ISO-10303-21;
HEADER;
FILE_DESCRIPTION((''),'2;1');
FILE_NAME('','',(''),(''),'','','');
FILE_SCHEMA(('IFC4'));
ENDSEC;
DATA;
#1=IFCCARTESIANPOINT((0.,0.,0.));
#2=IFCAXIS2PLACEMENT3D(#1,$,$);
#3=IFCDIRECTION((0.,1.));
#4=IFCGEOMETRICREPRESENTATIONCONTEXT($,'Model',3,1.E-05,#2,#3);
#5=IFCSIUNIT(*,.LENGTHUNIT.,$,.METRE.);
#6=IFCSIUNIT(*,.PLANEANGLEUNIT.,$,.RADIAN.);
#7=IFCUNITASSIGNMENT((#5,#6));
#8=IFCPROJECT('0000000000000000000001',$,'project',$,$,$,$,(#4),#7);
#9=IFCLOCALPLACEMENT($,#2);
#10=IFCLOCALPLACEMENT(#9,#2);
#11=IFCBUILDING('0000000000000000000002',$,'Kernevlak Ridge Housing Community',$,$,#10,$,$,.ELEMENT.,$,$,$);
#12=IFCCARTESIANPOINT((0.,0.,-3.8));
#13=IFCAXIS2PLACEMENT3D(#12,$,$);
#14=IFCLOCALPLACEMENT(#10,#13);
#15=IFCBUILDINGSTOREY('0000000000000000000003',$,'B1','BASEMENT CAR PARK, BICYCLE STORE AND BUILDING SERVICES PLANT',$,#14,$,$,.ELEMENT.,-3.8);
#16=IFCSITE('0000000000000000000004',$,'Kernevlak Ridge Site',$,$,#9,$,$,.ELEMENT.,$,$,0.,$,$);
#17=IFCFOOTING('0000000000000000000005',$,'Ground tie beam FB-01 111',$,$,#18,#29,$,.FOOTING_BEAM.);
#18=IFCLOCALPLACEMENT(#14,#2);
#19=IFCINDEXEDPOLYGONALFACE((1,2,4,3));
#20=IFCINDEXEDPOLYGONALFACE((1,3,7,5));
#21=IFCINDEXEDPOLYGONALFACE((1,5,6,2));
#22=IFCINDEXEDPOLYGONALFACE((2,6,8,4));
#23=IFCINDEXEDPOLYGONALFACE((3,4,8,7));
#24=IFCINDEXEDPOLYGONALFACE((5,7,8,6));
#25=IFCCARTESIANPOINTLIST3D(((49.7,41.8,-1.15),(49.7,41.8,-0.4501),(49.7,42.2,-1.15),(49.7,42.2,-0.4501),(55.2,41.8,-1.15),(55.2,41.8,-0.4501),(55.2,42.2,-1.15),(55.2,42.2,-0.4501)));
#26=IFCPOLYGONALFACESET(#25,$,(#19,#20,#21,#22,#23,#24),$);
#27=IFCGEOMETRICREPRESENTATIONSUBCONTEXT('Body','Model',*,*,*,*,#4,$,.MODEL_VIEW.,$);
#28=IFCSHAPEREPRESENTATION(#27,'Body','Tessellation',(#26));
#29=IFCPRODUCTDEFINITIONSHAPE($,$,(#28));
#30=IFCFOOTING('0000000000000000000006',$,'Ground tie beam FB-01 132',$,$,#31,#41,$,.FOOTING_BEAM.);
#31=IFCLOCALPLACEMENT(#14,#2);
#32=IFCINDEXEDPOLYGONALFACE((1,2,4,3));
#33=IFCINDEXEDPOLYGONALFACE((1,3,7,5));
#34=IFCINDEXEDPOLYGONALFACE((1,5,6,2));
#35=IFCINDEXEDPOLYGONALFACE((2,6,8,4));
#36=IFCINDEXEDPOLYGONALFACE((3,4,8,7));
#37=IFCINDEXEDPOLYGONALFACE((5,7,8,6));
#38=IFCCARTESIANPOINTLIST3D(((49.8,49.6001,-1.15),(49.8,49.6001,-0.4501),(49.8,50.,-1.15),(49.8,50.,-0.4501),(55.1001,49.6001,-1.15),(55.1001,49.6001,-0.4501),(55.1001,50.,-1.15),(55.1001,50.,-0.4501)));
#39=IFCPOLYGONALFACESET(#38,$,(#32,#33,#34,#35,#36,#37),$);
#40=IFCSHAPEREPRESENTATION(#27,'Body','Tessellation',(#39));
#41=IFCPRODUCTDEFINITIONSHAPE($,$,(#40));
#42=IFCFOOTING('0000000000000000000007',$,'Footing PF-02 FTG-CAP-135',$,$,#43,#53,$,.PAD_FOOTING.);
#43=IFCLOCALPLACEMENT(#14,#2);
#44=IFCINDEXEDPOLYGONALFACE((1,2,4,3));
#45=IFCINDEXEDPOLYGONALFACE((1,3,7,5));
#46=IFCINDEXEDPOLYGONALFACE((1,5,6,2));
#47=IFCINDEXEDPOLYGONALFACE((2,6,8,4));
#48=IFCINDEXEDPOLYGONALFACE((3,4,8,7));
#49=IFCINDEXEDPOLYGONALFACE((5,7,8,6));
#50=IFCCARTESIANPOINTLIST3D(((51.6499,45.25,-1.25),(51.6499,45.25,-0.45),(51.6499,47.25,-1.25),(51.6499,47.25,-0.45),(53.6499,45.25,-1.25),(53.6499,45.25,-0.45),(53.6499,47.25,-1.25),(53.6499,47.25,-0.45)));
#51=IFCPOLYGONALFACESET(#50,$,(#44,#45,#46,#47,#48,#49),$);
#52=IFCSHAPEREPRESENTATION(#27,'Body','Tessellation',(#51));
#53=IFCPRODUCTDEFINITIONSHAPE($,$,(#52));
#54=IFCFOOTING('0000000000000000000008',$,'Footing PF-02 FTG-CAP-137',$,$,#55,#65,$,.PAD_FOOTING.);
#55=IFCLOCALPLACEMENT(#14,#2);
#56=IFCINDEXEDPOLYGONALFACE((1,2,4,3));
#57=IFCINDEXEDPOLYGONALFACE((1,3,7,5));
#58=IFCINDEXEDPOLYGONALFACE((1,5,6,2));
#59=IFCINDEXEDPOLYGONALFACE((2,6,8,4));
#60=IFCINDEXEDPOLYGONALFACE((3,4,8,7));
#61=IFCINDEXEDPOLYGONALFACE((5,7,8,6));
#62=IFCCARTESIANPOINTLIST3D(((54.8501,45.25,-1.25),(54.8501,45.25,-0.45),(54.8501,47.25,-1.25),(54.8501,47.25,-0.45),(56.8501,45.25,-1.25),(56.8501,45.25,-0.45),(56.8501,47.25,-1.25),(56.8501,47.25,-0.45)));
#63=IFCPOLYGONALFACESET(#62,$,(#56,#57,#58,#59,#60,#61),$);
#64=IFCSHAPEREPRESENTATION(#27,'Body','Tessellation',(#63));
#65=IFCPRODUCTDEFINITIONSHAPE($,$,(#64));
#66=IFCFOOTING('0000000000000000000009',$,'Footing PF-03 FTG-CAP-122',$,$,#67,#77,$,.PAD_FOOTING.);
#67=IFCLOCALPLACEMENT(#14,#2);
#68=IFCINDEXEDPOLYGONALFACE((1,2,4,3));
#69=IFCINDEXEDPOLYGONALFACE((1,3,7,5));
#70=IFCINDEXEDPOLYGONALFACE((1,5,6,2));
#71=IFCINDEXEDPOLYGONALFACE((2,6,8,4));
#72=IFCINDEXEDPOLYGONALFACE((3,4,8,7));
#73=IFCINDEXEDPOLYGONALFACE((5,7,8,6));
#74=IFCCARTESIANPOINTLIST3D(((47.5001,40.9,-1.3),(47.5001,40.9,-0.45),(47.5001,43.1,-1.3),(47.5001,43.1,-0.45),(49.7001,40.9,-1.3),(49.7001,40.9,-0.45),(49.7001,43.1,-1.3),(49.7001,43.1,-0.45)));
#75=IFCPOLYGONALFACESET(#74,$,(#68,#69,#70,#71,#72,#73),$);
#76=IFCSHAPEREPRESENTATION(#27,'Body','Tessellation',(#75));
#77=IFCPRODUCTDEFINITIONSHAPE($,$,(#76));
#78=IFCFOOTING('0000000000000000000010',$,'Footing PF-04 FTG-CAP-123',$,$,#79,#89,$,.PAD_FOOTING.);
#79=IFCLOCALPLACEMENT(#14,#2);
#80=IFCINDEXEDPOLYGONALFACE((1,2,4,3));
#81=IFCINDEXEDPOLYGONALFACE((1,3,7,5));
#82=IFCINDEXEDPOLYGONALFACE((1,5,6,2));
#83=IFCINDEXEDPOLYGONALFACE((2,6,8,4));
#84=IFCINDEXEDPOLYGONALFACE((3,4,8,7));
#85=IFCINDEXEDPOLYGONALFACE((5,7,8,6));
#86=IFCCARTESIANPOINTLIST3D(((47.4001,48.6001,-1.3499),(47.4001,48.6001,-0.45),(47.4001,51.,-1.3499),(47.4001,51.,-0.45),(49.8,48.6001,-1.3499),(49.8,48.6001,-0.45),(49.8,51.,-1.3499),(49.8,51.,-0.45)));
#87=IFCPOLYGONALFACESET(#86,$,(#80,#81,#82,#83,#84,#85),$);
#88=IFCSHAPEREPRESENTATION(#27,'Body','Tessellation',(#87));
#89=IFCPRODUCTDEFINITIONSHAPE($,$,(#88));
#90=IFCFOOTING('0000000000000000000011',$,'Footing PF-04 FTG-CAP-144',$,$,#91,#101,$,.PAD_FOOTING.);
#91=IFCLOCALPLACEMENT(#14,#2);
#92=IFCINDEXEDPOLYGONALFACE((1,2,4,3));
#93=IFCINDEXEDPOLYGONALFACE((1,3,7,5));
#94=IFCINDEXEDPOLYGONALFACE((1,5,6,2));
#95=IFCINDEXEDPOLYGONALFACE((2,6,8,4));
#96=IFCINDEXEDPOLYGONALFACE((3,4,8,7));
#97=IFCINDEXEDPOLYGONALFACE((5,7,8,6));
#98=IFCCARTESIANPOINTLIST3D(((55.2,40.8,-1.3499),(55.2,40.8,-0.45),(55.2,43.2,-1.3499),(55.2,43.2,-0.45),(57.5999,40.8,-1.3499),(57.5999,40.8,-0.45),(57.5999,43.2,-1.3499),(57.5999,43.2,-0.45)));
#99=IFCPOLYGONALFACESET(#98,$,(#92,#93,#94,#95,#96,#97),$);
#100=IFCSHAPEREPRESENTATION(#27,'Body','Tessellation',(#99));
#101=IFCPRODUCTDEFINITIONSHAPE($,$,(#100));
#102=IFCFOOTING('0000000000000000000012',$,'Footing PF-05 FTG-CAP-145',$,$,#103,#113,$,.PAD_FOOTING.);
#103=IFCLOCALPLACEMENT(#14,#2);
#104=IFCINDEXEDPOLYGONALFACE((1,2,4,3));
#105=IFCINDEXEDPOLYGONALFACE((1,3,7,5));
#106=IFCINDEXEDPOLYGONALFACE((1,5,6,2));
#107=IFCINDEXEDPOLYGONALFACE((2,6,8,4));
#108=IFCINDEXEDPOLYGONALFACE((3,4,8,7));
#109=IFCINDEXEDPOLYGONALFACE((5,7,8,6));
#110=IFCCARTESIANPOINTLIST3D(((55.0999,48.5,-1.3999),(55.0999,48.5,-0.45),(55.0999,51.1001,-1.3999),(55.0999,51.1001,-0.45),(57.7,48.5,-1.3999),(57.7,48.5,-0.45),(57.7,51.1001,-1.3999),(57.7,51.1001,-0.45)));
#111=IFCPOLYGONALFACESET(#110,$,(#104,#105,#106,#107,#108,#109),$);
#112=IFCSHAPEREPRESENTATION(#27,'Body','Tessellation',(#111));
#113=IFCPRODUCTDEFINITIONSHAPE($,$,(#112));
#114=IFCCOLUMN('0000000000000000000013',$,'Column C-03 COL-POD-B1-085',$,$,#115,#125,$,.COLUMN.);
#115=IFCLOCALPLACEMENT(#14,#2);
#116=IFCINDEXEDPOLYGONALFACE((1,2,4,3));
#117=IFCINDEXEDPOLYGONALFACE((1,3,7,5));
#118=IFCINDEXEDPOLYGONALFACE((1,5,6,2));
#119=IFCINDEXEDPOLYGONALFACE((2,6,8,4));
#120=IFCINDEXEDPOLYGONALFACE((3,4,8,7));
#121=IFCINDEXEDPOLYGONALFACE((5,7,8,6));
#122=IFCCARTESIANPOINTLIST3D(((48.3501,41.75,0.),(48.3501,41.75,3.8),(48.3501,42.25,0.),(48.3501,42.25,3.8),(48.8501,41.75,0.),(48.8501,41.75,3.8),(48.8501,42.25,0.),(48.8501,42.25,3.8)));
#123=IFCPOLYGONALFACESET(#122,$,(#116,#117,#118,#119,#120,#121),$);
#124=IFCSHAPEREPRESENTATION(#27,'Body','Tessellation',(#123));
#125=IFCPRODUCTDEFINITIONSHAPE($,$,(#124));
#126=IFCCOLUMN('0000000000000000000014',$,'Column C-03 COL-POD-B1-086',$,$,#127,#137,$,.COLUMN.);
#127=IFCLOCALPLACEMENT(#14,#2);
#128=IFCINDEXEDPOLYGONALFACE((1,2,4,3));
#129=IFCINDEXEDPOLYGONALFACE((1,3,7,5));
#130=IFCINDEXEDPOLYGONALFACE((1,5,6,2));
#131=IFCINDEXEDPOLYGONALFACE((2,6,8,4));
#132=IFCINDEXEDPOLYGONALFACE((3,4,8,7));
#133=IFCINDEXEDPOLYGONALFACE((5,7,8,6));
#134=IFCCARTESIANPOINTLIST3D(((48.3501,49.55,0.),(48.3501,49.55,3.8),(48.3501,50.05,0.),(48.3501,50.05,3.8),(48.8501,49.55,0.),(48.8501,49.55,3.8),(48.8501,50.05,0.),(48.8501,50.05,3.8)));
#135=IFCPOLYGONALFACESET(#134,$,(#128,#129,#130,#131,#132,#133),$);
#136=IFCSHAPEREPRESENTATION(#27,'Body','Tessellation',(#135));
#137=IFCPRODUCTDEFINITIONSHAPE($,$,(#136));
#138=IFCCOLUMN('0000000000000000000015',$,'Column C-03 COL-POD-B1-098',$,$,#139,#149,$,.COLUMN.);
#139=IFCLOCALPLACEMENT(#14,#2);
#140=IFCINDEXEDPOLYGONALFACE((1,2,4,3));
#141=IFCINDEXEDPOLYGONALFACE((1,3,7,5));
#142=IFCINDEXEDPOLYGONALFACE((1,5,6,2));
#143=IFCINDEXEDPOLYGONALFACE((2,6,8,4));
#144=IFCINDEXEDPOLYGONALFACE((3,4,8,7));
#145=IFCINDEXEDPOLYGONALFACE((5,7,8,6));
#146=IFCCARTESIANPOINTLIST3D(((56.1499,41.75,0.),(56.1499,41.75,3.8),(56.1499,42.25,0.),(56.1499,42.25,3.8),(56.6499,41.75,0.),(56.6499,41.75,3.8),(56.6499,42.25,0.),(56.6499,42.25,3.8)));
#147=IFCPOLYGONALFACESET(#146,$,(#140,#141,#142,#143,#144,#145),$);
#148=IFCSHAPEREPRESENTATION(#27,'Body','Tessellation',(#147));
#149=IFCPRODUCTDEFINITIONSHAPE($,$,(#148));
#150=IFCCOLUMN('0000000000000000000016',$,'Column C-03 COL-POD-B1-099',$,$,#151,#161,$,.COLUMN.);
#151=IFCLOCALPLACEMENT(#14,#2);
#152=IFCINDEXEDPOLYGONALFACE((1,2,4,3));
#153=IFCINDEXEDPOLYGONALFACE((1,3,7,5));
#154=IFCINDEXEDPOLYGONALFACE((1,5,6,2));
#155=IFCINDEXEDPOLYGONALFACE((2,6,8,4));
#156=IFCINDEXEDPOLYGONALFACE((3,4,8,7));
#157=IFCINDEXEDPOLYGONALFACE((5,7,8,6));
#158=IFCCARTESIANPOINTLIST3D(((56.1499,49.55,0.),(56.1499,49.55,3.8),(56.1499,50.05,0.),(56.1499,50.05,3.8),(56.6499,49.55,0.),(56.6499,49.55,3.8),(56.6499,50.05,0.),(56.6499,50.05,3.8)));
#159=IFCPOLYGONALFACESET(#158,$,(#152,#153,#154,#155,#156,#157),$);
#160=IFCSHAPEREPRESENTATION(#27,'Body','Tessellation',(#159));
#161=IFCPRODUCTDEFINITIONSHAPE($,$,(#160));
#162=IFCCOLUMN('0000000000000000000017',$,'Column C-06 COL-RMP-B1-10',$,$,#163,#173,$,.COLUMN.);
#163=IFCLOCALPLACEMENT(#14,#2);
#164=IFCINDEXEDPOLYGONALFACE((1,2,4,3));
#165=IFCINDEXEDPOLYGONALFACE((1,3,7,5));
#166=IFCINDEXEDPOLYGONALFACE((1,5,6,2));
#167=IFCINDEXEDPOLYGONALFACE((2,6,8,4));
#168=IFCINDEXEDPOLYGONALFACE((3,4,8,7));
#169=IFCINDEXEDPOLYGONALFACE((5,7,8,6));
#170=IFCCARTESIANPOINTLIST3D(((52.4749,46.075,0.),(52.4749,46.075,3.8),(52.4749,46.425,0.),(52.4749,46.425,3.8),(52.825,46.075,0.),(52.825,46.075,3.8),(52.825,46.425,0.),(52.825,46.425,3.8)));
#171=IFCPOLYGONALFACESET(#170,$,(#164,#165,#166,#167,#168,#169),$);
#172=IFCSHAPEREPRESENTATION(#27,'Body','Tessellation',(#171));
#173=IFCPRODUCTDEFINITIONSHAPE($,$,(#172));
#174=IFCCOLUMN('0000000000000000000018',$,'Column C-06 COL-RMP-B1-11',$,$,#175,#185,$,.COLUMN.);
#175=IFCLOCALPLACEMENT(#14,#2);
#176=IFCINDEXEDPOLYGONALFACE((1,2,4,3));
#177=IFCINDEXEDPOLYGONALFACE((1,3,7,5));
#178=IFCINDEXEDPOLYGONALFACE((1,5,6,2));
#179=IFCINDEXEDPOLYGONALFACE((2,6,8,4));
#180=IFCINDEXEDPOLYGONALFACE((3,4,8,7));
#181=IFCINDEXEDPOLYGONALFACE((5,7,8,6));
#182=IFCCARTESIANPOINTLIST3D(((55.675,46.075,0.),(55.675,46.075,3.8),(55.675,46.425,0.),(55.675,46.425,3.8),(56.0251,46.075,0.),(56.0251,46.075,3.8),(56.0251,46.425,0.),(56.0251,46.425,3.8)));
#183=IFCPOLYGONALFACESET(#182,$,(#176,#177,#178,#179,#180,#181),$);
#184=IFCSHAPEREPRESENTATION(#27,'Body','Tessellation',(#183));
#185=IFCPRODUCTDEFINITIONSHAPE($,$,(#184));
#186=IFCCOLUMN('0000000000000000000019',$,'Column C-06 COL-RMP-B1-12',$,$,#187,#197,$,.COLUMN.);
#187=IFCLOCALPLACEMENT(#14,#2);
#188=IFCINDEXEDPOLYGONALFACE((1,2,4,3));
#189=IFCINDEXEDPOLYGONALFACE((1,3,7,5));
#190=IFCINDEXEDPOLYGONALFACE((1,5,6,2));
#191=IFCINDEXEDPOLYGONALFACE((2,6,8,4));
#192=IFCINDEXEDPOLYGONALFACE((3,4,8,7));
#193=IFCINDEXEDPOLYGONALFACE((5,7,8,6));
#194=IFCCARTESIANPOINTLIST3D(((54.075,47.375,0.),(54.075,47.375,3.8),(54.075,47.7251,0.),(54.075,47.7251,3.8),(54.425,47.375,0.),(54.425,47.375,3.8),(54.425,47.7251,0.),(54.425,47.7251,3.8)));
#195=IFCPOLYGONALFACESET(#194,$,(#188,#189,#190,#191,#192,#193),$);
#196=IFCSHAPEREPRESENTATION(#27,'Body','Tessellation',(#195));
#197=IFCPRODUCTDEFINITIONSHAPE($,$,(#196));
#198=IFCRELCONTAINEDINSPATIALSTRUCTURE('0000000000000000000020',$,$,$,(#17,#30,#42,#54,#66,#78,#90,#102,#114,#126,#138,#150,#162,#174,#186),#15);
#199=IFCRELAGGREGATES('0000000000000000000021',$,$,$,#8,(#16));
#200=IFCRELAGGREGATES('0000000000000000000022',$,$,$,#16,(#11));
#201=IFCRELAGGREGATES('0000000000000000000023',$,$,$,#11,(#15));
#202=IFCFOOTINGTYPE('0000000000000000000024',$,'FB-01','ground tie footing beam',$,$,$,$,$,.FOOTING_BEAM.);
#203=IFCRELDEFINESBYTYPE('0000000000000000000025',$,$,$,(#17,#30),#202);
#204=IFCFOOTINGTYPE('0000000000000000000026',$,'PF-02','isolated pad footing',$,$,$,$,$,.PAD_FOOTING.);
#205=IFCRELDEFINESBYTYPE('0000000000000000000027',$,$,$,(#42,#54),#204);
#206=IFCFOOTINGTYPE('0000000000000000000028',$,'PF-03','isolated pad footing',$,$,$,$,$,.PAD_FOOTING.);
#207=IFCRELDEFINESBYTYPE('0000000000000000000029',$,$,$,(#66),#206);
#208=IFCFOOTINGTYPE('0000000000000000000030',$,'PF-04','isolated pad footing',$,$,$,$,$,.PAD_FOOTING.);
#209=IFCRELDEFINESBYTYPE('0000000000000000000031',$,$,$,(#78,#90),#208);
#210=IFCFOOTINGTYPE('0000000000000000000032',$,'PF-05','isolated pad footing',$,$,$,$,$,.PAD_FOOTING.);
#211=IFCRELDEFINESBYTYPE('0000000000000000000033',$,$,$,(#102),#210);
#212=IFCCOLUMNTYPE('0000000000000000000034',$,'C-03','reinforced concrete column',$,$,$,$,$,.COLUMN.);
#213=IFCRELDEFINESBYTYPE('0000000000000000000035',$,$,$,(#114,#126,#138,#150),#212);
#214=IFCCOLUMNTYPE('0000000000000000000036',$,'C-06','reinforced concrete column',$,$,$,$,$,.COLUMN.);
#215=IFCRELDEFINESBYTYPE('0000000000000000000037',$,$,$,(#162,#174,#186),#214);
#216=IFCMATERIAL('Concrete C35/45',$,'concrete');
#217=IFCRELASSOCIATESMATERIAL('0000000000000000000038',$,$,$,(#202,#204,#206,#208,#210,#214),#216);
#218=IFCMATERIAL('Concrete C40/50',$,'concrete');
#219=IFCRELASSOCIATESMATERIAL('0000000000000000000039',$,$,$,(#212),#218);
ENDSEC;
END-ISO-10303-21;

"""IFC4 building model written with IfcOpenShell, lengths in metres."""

from ifc_helpers import new_model, si_unit, direction, frame, origin, origin_2d, place, context, subcontext, project, spatial, rectangle, extrude, material, material_profile, profile_set, type_object, element, save


model = new_model("IFC4")

# Units and contexts
model_context = context("Model", 3, precision=1e-05, world=origin(), true_north=direction((0.0, 1.0)))
body_context = subcontext(model_context, "Body", "Model", "MODEL_VIEW")
ifc_project = project(units=[si_unit("LENGTHUNIT", "METRE"), si_unit("PLANEANGLEUNIT", "RADIAN")], contexts=[model_context])

# Site, building, storey
site_placement = place(None, origin())
site = spatial("IfcSite", under=ifc_project, at=site_placement, Name="Kernevlak Ridge Site", CompositionType="ELEMENT", RefElevation=0.0)
building_placement = place(site_placement, origin())
building = spatial("IfcBuilding", under=site, at=building_placement, Name="Kernevlak Ridge Housing Community", CompositionType="ELEMENT")
storey_placement = place(building_placement, frame((0.0, 0.0, -3.8)))
storey = spatial("IfcBuildingStorey", under=building, at=storey_placement, Name="B1", Description="BASEMENT CAR PARK, BICYCLE STORE AND BUILDING SERVICES PLANT", CompositionType="ELEMENT", Elevation=-3.8)

# Footings
ifc_material_1 = material(Name="Concrete C35/45", Category="concrete")
ifc_material_profile_1 = material_profile(ifc_material_1, rectangle(XDim=0.3999, YDim=0.7, at=origin_2d()), Name="RC 400x700")
ifc_profile_set_1 = profile_set([ifc_material_profile_1], Name="Concrete C35/45")
footing_type_1 = type_object("IfcFootingType", Name="FB-01", Description="ground tie footing beam", PredefinedType="FOOTING_BEAM", material=ifc_profile_set_1)
footing_1_placement = place(storey_placement, frame((49.7, 42.0, -0.8), z_axis=(1.0, 0.0, 0.0), x_axis=(0.0, 1.0, 0.0)))
element("IfcFooting", 1, at=footing_1_placement, inside=storey, type_object=footing_type_1, Name="Ground tie beam FB-01 111", PredefinedType="FOOTING_BEAM", context=body_context, shape_type="SweptSolid", body=[
    extrude(rectangle(XDim=0.3999, YDim=0.7, at=origin_2d()), origin(), (0.0, 0.0, 1.0), 5.5),
])
footing_2_placement = place(storey_placement, frame((49.8, 49.8, -0.8), z_axis=(1.0, 0.0, 0.0), x_axis=(0.0, 1.0, 0.0)))
element("IfcFooting", 2, at=footing_2_placement, inside=storey, type_object=footing_type_1, Name="Ground tie beam FB-01 132", PredefinedType="FOOTING_BEAM", context=body_context, shape_type="SweptSolid", body=[
    extrude(rectangle(XDim=0.3999, YDim=0.7, at=origin_2d()), origin(), (0.0, 0.0, 1.0), 5.3),
])
footing_type_2 = type_object("IfcFootingType", Name="PF-02", Description="isolated pad footing", PredefinedType="PAD_FOOTING", material=ifc_material_1)
for number, where, z_axis, x_axis, name in (
    (3, (52.6499, 46.25, -1.25), (0.0, 0.0, 1.0), (1.0, 0.0, 0.0), "Footing PF-02 FTG-CAP-135"),
    (4, (55.8501, 46.25, -1.25), (0.0, 0.0, 1.0), (1.0, 0.0, 0.0), "Footing PF-02 FTG-CAP-137"),
):
    element("IfcFooting", number, at=place(storey_placement, frame(where, z_axis=z_axis, x_axis=x_axis)), inside=storey, type_object=footing_type_2, Name=name, PredefinedType="PAD_FOOTING", context=body_context, shape_type="SweptSolid", body=[
        extrude(rectangle(XDim=2.0, YDim=2.0, at=origin_2d()), origin(), (0.0, 0.0, 1.0), 0.8),
    ])
footing_type_3 = type_object("IfcFootingType", Name="PF-03", Description="isolated pad footing", PredefinedType="PAD_FOOTING", material=ifc_material_1)
footing_3_placement = place(storey_placement, frame((48.6001, 42.0, -1.3), z_axis=(0.0, 0.0, 1.0), x_axis=(1.0, 0.0, 0.0)))
element("IfcFooting", 5, at=footing_3_placement, inside=storey, type_object=footing_type_3, Name="Footing PF-03 FTG-CAP-122", PredefinedType="PAD_FOOTING", context=body_context, shape_type="SweptSolid", body=[
    extrude(rectangle(XDim=2.2, YDim=2.2, at=origin_2d()), origin(), (0.0, 0.0, 1.0), 0.8501),
])
footing_type_4 = type_object("IfcFootingType", Name="PF-04", Description="isolated pad footing", PredefinedType="PAD_FOOTING", material=ifc_material_1)
for number, where, z_axis, x_axis, name in (
    (6, (48.6001, 49.8, -1.3499), (0.0, 0.0, 1.0), (1.0, 0.0, 0.0), "Footing PF-04 FTG-CAP-123"),
    (7, (56.3999, 42.0, -1.3499), (0.0, 0.0, 1.0), (1.0, 0.0, 0.0), "Footing PF-04 FTG-CAP-144"),
):
    element("IfcFooting", number, at=place(storey_placement, frame(where, z_axis=z_axis, x_axis=x_axis)), inside=storey, type_object=footing_type_4, Name=name, PredefinedType="PAD_FOOTING", context=body_context, shape_type="SweptSolid", body=[
        extrude(rectangle(XDim=2.3999, YDim=2.3999, at=origin_2d()), origin(), (0.0, 0.0, 1.0), 0.8999),
    ])
footing_type_5 = type_object("IfcFootingType", Name="PF-05", Description="isolated pad footing", PredefinedType="PAD_FOOTING", material=ifc_material_1)
footing_4_placement = place(storey_placement, frame((56.3999, 49.8, -1.3999), z_axis=(0.0, 0.0, 1.0), x_axis=(1.0, 0.0, 0.0)))
element("IfcFooting", 8, at=footing_4_placement, inside=storey, type_object=footing_type_5, Name="Footing PF-05 FTG-CAP-145", PredefinedType="PAD_FOOTING", context=body_context, shape_type="SweptSolid", body=[
    extrude(rectangle(XDim=2.6001, YDim=2.6001, at=origin_2d()), origin(), (0.0, 0.0, 1.0), 0.95),
])

# Columns
ifc_material_2 = material(Name="Concrete C40/50", Category="concrete")
ifc_material_profile_2 = material_profile(ifc_material_2, rectangle(XDim=0.5, YDim=0.5, at=origin_2d()), Name="RC 500x500")
ifc_profile_set_2 = profile_set([ifc_material_profile_2], Name="Concrete C40/50")
column_type_1 = type_object("IfcColumnType", Name="C-03", Description="reinforced concrete column", PredefinedType="COLUMN", material=ifc_profile_set_2)
for number, where, z_axis, x_axis, name in (
    (9, (48.6001, 42.0, 0.0), (0.0, 0.0, 1.0), (1.0, 0.0, 0.0), "Column C-03 COL-POD-B1-085"),
    (10, (48.6001, 49.8, 0.0), (0.0, 0.0, 1.0), (1.0, 0.0, 0.0), "Column C-03 COL-POD-B1-086"),
    (11, (56.3999, 42.0, 0.0), (0.0, 0.0, 1.0), (1.0, 0.0, 0.0), "Column C-03 COL-POD-B1-098"),
    (12, (56.3999, 49.8, 0.0), (0.0, 0.0, 1.0), (1.0, 0.0, 0.0), "Column C-03 COL-POD-B1-099"),
):
    element("IfcColumn", number, at=place(storey_placement, frame(where, z_axis=z_axis, x_axis=x_axis)), inside=storey, type_object=column_type_1, Name=name, PredefinedType="COLUMN", context=body_context, shape_type="SweptSolid", body=[
        extrude(rectangle(XDim=0.5, YDim=0.5, at=origin_2d()), origin(), (0.0, 0.0, 1.0), 3.8),
    ])
ifc_material_profile_3 = material_profile(ifc_material_1, rectangle(XDim=0.3501, YDim=0.3501, at=origin_2d()), Name="RC 350x350")
ifc_profile_set_3 = profile_set([ifc_material_profile_3], Name="Concrete C35/45")
column_type_2 = type_object("IfcColumnType", Name="C-06", Description="reinforced concrete column", PredefinedType="COLUMN", material=ifc_profile_set_3)
for number, where, z_axis, x_axis, name in (
    (13, (52.6499, 46.25, 0.0), (0.0, 0.0, 1.0), (1.0, 0.0, 0.0), "Column C-06 COL-RMP-B1-10"),
    (14, (55.8501, 46.25, 0.0), (0.0, 0.0, 1.0), (1.0, 0.0, 0.0), "Column C-06 COL-RMP-B1-11"),
    (15, (54.25, 47.55, 0.0), (0.0, 0.0, 1.0), (1.0, 0.0, 0.0), "Column C-06 COL-RMP-B1-12"),
):
    element("IfcColumn", number, at=place(storey_placement, frame(where, z_axis=z_axis, x_axis=x_axis)), inside=storey, type_object=column_type_2, Name=name, PredefinedType="COLUMN", context=body_context, shape_type="SweptSolid", body=[
        extrude(rectangle(XDim=0.3501, YDim=0.3501, at=origin_2d()), origin(), (0.0, 0.0, 1.0), 3.8),
    ])

save(model, "model.ifc")
